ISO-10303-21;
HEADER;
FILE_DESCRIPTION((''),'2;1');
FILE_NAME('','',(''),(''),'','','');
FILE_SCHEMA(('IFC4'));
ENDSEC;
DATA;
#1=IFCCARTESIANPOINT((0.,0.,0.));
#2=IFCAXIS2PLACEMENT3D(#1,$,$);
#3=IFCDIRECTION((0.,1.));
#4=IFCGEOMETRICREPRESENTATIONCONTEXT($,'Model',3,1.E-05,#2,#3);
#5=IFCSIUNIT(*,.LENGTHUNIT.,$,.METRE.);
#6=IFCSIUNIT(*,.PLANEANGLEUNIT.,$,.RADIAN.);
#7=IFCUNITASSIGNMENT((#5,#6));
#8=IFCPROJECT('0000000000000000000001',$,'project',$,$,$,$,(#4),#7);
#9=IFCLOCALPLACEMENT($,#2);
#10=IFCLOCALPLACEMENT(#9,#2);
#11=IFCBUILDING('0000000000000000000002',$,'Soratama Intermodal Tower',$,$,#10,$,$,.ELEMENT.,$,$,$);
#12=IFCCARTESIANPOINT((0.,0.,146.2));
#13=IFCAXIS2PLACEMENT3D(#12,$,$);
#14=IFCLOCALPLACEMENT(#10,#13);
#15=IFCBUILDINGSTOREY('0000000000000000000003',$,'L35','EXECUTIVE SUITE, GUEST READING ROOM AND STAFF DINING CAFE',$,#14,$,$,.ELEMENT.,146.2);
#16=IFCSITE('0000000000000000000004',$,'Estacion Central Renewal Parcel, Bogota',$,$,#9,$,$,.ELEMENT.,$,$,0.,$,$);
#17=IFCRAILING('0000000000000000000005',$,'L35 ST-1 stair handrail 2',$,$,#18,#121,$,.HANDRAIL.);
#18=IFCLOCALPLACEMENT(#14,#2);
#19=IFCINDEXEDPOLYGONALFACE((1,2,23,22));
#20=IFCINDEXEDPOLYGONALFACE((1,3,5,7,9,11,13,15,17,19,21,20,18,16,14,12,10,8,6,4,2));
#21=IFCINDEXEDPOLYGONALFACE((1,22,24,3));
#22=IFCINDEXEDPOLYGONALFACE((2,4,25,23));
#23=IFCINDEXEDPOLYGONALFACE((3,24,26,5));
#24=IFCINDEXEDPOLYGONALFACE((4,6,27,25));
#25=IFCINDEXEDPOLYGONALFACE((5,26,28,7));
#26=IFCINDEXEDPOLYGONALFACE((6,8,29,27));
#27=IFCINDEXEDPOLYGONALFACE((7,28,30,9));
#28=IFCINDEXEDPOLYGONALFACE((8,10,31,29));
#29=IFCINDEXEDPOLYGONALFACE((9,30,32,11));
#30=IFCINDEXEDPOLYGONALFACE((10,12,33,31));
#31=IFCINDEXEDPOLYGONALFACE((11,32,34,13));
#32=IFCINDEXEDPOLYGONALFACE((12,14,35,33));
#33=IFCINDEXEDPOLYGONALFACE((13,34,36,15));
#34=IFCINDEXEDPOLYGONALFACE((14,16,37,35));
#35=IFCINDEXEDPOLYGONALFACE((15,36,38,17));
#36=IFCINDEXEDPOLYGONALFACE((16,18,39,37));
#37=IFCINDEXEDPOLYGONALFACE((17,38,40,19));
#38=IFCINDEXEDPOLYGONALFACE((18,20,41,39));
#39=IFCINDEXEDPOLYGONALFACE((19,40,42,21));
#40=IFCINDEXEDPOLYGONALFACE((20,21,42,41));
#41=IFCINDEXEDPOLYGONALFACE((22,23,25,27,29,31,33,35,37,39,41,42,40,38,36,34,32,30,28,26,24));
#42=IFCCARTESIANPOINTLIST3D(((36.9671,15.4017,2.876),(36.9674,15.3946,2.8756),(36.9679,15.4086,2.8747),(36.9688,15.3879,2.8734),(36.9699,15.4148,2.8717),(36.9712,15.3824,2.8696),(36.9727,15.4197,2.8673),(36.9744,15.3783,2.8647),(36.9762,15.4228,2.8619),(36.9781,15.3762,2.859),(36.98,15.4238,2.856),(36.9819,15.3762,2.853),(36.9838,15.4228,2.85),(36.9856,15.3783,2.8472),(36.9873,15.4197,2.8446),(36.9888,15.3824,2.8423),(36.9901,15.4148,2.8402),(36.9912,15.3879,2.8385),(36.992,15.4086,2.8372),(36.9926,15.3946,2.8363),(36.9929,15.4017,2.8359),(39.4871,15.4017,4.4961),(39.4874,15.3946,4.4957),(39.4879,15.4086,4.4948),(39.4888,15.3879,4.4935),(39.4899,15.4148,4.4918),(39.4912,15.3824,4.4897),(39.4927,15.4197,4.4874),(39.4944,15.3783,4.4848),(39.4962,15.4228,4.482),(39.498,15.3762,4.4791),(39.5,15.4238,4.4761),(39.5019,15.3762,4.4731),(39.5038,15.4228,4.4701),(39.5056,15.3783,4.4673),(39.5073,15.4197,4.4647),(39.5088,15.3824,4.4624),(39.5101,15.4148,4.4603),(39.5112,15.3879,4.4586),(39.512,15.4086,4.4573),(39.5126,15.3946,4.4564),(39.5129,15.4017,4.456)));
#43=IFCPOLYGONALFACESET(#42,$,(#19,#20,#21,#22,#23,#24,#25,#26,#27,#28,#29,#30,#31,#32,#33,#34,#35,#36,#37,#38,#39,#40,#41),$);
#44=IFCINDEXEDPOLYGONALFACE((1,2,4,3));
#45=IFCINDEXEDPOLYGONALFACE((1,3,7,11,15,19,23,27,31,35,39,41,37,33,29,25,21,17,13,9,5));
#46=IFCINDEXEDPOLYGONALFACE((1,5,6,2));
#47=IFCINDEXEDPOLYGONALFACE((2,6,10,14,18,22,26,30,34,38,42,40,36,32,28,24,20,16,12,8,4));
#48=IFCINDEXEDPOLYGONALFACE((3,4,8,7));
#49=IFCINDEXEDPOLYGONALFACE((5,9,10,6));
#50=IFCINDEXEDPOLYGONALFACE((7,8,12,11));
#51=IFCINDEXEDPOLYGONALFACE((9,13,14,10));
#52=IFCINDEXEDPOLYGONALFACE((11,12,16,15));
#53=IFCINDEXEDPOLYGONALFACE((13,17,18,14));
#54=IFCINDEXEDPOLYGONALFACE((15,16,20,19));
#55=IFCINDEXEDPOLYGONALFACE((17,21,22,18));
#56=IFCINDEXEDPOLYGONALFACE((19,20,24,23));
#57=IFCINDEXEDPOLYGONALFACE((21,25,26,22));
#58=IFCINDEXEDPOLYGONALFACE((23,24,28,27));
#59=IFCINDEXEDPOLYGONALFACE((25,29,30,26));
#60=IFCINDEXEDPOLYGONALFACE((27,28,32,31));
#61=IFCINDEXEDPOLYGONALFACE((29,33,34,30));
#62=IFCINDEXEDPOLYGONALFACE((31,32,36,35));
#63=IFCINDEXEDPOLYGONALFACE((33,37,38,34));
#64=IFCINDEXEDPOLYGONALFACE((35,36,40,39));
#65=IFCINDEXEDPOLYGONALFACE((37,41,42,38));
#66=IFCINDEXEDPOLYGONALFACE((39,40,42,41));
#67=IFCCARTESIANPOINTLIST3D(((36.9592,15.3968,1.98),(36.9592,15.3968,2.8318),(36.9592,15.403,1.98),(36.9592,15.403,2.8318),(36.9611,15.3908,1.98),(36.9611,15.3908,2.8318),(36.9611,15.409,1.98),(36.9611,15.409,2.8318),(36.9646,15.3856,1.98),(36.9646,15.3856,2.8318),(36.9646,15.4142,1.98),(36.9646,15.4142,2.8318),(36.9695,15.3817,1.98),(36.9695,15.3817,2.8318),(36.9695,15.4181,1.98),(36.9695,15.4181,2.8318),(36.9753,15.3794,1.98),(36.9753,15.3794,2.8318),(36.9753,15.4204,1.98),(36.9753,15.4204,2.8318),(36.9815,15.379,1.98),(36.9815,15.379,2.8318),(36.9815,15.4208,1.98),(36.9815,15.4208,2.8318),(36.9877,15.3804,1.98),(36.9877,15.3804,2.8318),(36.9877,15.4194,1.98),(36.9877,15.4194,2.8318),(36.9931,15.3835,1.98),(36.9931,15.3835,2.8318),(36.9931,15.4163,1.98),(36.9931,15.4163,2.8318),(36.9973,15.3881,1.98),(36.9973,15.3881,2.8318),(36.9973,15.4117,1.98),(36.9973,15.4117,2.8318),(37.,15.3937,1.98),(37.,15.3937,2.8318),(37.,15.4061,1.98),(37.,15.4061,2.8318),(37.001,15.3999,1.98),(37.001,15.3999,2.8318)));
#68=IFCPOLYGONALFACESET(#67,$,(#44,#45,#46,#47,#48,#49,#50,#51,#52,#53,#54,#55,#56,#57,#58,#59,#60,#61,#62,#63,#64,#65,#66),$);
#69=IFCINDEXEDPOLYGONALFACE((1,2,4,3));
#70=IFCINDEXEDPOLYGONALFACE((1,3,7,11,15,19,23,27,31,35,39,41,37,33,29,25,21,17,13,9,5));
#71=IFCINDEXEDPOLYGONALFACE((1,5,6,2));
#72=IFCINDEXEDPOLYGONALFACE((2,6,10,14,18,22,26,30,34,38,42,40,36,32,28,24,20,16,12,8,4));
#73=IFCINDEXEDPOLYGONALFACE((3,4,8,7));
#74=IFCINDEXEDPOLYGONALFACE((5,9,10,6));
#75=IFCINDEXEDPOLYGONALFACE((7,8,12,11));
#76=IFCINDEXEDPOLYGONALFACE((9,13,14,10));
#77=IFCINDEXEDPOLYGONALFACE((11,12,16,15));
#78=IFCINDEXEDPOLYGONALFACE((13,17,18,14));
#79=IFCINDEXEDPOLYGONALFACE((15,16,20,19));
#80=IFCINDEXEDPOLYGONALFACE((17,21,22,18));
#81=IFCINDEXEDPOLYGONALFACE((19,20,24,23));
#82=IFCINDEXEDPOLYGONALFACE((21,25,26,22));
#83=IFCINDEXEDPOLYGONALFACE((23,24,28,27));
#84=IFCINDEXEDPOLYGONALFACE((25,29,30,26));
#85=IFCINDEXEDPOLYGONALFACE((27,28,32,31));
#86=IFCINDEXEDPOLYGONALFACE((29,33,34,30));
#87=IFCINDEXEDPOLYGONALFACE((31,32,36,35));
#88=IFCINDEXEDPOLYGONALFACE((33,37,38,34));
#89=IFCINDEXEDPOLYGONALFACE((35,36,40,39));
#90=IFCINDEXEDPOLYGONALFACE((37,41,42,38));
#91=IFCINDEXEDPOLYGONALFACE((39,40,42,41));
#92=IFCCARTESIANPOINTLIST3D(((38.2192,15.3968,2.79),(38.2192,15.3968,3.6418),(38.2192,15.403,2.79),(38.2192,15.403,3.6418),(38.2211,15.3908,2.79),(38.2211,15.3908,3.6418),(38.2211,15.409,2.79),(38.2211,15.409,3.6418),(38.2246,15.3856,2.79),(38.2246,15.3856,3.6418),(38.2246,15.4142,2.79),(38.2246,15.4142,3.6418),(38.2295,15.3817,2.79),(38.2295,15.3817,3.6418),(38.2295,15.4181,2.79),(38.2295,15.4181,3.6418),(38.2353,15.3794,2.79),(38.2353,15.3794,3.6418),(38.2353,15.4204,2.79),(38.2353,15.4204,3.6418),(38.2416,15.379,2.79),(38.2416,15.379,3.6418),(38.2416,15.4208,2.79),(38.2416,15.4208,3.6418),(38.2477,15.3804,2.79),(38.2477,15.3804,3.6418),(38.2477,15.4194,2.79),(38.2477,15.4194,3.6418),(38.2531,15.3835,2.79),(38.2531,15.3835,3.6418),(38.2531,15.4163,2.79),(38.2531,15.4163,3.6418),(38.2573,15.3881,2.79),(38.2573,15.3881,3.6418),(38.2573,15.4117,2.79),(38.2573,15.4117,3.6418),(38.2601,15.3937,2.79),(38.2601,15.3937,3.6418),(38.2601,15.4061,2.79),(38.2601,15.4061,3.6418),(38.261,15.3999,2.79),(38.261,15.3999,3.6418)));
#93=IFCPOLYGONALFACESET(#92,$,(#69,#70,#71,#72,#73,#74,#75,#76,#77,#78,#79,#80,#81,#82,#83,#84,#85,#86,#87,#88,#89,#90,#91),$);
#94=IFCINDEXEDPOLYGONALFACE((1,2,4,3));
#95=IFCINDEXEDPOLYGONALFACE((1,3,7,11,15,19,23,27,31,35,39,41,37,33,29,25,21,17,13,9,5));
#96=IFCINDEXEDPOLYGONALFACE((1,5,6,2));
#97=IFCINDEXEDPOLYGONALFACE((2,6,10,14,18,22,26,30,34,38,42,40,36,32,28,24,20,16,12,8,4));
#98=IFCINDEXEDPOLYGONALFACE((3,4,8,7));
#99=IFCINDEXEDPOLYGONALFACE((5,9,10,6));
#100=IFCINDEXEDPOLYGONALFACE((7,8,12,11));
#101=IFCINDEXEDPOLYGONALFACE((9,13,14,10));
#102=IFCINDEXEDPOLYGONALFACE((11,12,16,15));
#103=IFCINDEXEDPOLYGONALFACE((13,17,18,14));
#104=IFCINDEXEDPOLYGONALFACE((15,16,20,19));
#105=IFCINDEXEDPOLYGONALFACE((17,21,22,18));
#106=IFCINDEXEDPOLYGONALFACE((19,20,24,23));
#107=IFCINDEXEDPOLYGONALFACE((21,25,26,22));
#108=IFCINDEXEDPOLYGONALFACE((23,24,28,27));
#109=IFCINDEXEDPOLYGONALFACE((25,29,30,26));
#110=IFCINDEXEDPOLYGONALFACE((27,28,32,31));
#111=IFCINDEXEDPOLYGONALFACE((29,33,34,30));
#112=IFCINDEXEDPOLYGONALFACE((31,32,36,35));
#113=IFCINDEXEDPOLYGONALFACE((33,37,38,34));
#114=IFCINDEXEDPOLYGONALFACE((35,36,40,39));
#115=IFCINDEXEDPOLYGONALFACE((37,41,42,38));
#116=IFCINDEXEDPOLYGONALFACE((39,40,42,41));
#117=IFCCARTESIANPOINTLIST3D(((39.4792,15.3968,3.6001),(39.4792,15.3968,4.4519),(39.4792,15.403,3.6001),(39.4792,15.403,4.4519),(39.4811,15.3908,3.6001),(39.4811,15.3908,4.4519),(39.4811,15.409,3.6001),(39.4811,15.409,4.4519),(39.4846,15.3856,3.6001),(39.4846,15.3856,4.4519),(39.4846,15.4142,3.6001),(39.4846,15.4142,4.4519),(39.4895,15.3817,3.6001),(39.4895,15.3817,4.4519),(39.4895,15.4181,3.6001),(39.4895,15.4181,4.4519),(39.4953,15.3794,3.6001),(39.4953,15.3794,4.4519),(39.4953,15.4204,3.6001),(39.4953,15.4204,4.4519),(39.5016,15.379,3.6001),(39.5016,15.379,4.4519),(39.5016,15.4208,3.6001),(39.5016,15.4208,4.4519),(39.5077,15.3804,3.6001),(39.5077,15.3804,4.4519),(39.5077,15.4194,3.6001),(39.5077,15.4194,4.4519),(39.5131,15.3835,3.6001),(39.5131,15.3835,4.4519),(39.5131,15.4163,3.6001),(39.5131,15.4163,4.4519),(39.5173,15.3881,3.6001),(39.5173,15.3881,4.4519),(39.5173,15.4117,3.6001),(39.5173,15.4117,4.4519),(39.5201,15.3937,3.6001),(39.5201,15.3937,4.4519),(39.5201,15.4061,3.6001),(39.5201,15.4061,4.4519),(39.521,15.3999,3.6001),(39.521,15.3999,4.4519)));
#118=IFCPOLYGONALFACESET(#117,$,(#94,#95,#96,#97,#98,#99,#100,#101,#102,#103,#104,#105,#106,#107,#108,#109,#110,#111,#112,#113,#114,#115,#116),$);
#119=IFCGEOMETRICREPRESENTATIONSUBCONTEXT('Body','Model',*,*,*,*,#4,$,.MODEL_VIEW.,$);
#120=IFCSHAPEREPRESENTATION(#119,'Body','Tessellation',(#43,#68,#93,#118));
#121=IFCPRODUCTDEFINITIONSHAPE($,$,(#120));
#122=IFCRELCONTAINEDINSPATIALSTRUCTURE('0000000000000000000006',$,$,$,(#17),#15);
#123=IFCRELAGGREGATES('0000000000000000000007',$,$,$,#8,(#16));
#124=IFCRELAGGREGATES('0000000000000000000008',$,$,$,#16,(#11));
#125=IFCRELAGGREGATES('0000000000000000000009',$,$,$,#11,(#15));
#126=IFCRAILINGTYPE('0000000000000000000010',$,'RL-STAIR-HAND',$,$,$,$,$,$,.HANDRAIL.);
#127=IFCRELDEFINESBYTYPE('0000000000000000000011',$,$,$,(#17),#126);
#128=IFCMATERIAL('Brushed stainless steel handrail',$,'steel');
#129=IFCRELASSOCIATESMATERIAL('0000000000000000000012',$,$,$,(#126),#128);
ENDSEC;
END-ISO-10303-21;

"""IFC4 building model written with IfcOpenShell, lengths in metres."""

from ifc_helpers import new_model, si_unit, direction, frame, origin, origin_2d, place, context, subcontext, project, spatial, circle, extrude, material, type_object, element, save


model = new_model("IFC4")

# Units and contexts
model_context = context("Model", 3, precision=1e-05, world=origin(), true_north=direction((0.0, 1.0)))
body_context = subcontext(model_context, "Body", "Model", "MODEL_VIEW")
ifc_project = project(units=[si_unit("LENGTHUNIT", "METRE"), si_unit("PLANEANGLEUNIT", "RADIAN")], contexts=[model_context])

# Site, building, storey
site_placement = place(None, origin())
site = spatial("IfcSite", under=ifc_project, at=site_placement, Name="Estacion Central Renewal Parcel, Bogota", CompositionType="ELEMENT", RefElevation=0.0)
building_placement = place(site_placement, origin())
building = spatial("IfcBuilding", under=site, at=building_placement, Name="Soratama Intermodal Tower", CompositionType="ELEMENT")
storey_placement = place(building_placement, frame((0.0, 0.0, 146.2)))
storey = spatial("IfcBuildingStorey", under=building, at=storey_placement, Name="L35", Description="EXECUTIVE SUITE, GUEST READING ROOM AND STAFF DINING CAFE", CompositionType="ELEMENT", Elevation=146.2)

# Railing
ifc_material_1 = material(Name="Brushed stainless steel handrail", Category="steel")
railing_type_1 = type_object("IfcRailingType", Name="RL-STAIR-HAND", PredefinedType="HANDRAIL", material=ifc_material_1)
railing_1_placement = place(storey_placement, frame((36.98, 15.3999, 1.98)))
element("IfcRailing", 1, at=railing_1_placement, inside=storey, type_object=railing_type_1, Name="L35 ST-1 stair handrail 2", PredefinedType="HANDRAIL", context=body_context, shape_type="SweptSolid", body=[
    extrude(circle(Radius=0.0239, at=origin_2d()), frame((0.0, 0.0, 0.876), z_axis=(0.841163, 0.0, 0.540782), x_axis=(0.0, 1.0, 0.0)), (0.0, 0.0, 1.0), 2.9958),
    extrude(circle(Radius=0.021, at=origin_2d()), origin(), (0.0, 0.0, 1.0), 0.8518),
    extrude(circle(Radius=0.021, at=origin_2d()), frame((1.26, 0.0, 0.8101)), (0.0, 0.0, 1.0), 0.8518),
    extrude(circle(Radius=0.021, at=origin_2d()), frame((2.52, 0.0, 1.6201)), (0.0, 0.0, 1.0), 0.8518),
])

save(model, "model.ifc")
